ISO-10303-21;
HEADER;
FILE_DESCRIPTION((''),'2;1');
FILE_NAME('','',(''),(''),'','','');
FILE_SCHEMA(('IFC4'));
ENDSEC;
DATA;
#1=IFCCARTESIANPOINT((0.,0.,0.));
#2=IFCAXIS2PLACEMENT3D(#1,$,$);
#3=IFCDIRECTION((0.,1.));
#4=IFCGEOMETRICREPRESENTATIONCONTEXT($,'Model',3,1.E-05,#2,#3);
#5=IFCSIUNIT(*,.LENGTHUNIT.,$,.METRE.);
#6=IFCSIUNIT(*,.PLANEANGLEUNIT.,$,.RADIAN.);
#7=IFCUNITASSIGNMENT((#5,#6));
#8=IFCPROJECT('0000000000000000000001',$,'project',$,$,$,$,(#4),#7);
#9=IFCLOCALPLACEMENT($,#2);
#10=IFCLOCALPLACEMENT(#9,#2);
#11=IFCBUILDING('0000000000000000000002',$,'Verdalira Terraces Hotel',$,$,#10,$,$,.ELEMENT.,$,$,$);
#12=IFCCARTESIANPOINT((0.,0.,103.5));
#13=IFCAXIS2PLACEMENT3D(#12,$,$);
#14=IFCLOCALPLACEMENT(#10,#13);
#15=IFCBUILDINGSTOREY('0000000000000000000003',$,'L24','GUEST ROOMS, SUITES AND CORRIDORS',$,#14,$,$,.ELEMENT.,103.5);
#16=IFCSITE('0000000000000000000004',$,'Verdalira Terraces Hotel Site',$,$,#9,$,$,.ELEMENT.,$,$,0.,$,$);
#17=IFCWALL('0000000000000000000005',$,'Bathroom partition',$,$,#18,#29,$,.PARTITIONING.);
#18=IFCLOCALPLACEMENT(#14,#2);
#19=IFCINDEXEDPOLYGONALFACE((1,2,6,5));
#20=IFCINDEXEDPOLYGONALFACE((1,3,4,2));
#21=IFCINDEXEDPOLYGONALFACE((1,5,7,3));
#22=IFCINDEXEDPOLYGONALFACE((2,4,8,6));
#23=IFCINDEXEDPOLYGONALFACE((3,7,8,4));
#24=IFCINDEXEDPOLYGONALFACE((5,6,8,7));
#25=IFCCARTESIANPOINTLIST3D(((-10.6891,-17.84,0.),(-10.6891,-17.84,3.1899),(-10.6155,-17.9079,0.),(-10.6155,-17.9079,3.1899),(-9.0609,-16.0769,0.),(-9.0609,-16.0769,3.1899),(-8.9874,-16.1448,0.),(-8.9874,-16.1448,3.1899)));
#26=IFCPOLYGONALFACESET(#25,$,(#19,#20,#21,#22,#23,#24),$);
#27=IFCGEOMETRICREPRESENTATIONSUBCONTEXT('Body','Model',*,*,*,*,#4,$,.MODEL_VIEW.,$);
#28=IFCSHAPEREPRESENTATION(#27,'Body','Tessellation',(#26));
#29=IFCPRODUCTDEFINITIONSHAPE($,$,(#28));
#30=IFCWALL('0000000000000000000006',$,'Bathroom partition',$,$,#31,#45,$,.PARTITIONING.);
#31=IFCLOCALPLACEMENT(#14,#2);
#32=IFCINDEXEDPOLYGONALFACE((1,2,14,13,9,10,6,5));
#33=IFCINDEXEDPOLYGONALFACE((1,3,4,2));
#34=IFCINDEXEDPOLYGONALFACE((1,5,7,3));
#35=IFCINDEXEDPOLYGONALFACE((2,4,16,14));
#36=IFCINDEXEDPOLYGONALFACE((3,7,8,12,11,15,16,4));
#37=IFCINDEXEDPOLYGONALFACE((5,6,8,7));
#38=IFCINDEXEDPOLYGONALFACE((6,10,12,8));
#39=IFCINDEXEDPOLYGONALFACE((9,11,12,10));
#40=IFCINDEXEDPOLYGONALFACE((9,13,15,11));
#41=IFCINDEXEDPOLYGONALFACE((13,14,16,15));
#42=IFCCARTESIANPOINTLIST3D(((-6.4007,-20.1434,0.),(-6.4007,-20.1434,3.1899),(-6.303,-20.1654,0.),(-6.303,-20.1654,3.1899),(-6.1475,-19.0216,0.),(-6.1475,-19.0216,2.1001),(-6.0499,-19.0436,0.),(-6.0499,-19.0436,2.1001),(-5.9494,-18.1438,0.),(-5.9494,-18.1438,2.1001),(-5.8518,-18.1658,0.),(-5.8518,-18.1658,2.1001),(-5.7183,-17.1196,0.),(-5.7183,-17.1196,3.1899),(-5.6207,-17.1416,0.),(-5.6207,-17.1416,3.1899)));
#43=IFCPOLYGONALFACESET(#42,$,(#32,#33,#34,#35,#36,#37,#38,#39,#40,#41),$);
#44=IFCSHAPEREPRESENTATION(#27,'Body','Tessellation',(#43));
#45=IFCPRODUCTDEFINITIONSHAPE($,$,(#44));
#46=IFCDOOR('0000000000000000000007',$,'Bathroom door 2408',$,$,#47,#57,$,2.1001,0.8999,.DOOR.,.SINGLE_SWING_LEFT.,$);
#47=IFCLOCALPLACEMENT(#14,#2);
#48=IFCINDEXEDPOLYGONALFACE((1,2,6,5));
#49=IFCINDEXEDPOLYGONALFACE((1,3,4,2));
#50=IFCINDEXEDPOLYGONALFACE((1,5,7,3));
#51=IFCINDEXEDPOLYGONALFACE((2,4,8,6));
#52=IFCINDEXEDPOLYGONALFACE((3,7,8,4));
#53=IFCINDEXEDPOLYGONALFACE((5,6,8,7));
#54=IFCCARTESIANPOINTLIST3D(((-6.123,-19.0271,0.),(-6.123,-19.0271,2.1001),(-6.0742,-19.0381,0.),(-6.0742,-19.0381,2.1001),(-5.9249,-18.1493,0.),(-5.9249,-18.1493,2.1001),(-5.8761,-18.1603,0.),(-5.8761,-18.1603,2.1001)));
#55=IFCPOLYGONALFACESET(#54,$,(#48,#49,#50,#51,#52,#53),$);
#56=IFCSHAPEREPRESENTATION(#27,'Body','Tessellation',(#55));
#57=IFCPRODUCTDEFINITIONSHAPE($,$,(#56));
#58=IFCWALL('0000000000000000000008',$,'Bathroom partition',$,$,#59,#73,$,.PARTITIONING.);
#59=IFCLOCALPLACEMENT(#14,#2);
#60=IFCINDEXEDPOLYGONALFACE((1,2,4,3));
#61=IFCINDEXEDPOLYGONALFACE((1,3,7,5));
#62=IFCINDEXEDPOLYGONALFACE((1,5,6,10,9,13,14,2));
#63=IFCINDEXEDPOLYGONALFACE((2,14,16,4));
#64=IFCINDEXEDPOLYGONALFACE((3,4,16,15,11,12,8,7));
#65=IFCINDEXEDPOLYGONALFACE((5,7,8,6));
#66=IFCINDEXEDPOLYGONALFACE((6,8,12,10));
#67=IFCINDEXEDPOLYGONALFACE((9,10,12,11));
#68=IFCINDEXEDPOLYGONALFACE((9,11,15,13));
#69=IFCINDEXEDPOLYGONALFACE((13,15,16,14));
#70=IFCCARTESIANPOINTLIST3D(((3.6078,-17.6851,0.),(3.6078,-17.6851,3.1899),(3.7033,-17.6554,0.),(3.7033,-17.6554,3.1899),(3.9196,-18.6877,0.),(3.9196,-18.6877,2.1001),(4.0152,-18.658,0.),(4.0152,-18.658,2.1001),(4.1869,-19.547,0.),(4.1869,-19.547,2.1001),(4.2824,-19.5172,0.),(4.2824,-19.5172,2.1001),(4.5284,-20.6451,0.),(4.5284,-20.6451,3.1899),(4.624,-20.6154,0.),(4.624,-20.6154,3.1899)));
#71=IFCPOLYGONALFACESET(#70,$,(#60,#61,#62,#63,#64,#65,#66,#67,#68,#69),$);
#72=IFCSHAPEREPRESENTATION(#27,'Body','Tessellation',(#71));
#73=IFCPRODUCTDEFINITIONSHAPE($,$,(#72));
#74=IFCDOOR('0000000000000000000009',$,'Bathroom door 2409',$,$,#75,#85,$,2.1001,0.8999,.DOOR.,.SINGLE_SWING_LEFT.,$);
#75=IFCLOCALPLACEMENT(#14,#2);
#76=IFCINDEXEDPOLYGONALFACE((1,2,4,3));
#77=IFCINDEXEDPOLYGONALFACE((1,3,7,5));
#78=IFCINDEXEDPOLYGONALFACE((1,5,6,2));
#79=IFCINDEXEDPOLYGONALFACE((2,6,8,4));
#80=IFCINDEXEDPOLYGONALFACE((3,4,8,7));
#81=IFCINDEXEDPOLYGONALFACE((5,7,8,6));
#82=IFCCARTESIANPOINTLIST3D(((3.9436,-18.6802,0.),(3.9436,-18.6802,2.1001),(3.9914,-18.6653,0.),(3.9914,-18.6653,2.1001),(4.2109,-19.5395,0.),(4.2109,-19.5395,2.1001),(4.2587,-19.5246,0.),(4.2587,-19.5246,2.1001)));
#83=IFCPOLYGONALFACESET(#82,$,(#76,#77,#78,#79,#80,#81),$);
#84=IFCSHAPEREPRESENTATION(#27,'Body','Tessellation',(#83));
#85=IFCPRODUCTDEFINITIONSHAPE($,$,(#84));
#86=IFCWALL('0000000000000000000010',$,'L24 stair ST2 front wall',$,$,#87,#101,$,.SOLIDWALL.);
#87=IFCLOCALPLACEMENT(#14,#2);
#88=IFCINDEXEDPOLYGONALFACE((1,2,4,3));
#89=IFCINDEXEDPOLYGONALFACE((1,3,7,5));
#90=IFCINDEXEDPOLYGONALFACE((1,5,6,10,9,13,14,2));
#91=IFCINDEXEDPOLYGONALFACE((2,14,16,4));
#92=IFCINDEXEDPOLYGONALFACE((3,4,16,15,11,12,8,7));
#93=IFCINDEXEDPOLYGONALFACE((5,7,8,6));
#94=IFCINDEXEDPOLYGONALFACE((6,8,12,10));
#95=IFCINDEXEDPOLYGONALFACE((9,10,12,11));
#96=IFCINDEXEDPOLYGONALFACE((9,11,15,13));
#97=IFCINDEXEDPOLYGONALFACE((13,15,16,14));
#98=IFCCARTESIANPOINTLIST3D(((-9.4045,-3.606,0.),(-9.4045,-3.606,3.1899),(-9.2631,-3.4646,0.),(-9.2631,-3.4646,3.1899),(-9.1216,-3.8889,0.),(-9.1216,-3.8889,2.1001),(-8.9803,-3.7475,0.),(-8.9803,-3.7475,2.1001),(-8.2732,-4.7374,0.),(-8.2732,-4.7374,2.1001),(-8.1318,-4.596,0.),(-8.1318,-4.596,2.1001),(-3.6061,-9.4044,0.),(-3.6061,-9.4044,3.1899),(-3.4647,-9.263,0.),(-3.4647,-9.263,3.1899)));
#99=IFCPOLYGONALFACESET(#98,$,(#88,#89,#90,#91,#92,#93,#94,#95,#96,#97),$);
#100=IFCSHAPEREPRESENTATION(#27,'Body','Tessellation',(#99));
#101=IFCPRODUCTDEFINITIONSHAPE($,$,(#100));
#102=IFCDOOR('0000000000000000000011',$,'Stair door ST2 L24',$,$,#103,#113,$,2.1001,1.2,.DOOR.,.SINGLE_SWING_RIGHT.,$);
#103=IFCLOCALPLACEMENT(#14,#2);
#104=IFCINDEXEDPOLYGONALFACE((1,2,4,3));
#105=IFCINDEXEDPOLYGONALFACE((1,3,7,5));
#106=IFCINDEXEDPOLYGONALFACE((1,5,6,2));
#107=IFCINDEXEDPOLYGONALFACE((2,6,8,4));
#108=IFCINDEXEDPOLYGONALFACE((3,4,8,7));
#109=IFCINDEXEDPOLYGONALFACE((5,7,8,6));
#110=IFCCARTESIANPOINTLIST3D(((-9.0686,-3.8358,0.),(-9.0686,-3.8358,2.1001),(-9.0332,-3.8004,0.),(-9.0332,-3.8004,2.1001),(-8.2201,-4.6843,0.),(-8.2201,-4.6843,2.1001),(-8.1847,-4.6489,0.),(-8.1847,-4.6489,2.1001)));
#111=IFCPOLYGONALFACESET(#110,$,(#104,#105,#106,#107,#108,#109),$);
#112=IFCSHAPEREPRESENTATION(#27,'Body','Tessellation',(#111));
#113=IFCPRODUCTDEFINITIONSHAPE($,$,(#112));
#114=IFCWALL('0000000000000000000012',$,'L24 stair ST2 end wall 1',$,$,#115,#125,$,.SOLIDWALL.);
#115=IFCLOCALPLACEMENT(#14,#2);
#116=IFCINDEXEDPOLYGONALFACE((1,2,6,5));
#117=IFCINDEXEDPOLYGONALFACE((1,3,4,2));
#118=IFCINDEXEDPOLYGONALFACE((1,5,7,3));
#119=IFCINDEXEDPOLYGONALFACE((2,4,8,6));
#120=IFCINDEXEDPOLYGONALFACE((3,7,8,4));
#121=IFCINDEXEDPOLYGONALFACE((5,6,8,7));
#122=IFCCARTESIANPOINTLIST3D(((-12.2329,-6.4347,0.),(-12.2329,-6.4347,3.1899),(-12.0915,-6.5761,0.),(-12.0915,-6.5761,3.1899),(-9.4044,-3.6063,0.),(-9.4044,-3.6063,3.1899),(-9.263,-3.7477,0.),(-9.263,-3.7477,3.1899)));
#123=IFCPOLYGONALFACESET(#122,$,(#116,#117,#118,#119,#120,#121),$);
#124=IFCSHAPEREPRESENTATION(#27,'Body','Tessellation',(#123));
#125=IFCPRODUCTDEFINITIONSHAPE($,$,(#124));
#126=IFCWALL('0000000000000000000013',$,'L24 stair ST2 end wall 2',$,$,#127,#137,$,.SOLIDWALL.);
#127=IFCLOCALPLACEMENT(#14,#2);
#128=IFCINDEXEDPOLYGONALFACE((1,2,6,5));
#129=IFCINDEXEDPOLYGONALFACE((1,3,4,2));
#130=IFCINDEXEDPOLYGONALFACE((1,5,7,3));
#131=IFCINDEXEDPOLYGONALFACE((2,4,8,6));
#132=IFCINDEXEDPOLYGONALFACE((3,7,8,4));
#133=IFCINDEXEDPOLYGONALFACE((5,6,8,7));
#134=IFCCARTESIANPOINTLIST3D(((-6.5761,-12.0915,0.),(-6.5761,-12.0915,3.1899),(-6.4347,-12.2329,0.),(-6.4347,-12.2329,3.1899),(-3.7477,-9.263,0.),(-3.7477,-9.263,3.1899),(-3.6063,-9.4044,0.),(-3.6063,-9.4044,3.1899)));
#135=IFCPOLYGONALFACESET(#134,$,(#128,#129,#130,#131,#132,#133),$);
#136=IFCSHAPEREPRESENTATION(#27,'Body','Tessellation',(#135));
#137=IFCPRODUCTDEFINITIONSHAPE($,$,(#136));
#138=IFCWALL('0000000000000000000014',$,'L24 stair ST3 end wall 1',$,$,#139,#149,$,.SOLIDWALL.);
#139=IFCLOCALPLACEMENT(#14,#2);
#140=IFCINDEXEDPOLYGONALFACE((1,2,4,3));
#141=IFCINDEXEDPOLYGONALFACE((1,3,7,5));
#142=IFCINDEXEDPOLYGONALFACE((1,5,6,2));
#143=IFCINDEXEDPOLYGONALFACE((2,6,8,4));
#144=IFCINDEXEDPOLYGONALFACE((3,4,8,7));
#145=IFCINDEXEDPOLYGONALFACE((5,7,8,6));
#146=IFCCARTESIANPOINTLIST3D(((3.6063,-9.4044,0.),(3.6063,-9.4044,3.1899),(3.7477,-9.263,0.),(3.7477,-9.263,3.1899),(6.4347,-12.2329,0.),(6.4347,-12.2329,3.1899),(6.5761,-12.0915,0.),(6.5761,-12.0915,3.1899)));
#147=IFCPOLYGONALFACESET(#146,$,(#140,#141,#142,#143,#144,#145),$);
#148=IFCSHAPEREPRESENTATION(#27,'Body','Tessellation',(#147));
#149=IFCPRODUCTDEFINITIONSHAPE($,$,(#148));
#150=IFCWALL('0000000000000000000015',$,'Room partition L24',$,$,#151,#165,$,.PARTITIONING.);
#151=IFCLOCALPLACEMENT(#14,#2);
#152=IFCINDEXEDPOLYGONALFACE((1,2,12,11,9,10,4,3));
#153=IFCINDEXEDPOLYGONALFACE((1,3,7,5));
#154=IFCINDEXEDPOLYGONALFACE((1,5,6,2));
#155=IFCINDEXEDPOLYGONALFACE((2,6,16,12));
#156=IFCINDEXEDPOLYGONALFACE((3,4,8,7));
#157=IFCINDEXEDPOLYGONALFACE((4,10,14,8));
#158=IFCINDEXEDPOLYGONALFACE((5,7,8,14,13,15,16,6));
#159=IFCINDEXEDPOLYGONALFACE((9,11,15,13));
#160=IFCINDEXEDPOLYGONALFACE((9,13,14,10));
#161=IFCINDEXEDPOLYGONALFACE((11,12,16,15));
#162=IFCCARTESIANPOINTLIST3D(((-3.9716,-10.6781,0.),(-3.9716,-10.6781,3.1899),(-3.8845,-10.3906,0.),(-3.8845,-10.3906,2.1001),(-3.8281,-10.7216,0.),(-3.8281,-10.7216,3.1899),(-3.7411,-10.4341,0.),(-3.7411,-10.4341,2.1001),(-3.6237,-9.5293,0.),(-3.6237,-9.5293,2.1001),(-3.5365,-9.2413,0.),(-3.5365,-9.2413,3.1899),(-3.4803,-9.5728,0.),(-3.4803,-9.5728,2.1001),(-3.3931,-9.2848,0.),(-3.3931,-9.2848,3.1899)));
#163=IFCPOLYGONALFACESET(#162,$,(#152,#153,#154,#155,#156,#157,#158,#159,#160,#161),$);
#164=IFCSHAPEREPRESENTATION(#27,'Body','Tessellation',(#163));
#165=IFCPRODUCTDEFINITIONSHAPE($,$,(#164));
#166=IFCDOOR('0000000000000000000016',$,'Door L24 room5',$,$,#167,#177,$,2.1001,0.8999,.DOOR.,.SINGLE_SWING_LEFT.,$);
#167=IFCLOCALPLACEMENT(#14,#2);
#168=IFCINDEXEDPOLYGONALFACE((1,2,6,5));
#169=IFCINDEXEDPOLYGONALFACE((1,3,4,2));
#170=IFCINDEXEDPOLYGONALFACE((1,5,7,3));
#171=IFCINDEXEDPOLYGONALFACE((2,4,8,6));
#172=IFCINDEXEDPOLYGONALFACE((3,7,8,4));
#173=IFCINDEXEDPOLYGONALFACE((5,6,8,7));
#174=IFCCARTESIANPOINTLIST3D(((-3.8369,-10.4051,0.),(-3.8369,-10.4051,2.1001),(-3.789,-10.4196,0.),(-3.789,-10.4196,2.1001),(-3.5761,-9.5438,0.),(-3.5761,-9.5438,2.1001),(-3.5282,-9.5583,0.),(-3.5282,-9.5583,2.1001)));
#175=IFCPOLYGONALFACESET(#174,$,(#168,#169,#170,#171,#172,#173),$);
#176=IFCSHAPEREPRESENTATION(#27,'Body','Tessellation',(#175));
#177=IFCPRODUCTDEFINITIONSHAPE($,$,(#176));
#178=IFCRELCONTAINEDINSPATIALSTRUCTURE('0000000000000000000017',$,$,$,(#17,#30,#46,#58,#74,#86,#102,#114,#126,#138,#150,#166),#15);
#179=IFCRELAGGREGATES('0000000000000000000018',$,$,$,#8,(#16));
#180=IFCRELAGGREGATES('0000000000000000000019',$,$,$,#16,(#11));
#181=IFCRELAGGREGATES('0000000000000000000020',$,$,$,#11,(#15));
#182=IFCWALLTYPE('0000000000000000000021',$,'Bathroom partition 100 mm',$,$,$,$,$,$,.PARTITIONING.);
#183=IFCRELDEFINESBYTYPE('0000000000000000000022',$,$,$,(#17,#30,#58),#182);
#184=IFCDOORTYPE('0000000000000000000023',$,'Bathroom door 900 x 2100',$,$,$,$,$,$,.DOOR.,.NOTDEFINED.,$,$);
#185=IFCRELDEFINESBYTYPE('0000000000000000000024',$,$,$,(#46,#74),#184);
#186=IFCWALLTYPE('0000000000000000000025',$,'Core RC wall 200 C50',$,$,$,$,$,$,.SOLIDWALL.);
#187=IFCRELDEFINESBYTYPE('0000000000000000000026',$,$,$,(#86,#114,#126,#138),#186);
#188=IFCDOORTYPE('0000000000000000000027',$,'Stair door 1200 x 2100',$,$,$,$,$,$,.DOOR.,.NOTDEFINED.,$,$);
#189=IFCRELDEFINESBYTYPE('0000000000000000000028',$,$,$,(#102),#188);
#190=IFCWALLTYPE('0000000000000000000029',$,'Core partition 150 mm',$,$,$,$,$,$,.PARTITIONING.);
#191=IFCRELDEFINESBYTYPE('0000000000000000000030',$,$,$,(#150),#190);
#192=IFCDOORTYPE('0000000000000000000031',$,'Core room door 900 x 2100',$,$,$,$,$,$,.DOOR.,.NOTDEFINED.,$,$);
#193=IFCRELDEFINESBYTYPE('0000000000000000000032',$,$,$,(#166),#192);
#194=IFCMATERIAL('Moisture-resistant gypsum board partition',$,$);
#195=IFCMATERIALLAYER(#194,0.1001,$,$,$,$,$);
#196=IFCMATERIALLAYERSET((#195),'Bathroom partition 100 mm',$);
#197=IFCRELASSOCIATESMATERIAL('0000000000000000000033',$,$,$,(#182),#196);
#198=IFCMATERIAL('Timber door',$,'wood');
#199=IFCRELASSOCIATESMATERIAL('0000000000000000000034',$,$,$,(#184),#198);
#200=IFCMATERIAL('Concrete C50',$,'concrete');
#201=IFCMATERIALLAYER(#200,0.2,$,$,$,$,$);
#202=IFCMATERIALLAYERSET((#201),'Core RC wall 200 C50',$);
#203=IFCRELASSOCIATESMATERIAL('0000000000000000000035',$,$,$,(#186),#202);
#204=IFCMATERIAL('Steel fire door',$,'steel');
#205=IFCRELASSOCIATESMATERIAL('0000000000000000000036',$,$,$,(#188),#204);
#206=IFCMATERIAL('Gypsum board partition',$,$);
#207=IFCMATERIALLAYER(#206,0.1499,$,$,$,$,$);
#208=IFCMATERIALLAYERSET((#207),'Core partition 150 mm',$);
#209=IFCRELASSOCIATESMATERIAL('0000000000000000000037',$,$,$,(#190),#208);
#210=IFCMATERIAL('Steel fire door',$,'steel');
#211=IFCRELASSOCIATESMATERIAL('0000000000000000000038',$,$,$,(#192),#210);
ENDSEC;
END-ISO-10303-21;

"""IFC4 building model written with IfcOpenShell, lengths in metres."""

from ifc_helpers import new_model, si_unit, direction, frame, frame_2d, origin, place, context, subcontext, project, spatial, rectangle, extrude, material, layer, layer_set, type_object, element, fill, save


model = new_model("IFC4")

# Units and contexts
model_context = context("Model", 3, precision=1e-05, world=origin(), true_north=direction((0.0, 1.0)))
body_context = subcontext(model_context, "Body", "Model", "MODEL_VIEW")
ifc_project = project(units=[si_unit("LENGTHUNIT", "METRE"), si_unit("PLANEANGLEUNIT", "RADIAN")], contexts=[model_context])

# Site, building, storey
site_placement = place(None, origin())
site = spatial("IfcSite", under=ifc_project, at=site_placement, Name="Verdalira Terraces Hotel Site", CompositionType="ELEMENT", RefElevation=0.0)
building_placement = place(site_placement, origin())
building = spatial("IfcBuilding", under=site, at=building_placement, Name="Verdalira Terraces Hotel", CompositionType="ELEMENT")
storey_placement = place(building_placement, frame((0.0, 0.0, 103.5)))
storey = spatial("IfcBuildingStorey", under=building, at=storey_placement, Name="L24", Description="GUEST ROOMS, SUITES AND CORRIDORS", CompositionType="ELEMENT", Elevation=103.5)

# Wall
ifc_material_1 = material(Name="Moisture-resistant gypsum board partition")
ifc_layer_1 = layer(ifc_material_1, 0.1001)
ifc_layer_set_1 = layer_set([ifc_layer_1], Name="Bathroom partition 100 mm")
wall_type_1 = type_object("IfcWallType", Name="Bathroom partition 100 mm", PredefinedType="PARTITIONING", material=ifc_layer_set_1)
wall_1_placement = place(storey_placement, frame((-9.0242, -16.1108, 0.0), z_axis=(0.0, 0.0, 1.0), x_axis=(-0.67842, -0.734675, 0.0)))
element("IfcWall", 1, at=wall_1_placement, inside=storey, type_object=wall_type_1, Name="Bathroom partition", PredefinedType="PARTITIONING", context=body_context, shape_type="SweptSolid", body=[
    extrude(rectangle(XDim=2.3999, YDim=0.1001, at=frame_2d((1.2, 0.0))), origin(), (0.0, 0.0, 1.0), 3.1899),
])

# Walls, openings, doors
wall_2_placement = place(storey_placement, frame((-6.3518, -20.1543, 0.0), z_axis=(0.0, 0.0, 1.0), x_axis=(0.220123, 0.975472, 0.0)))
wall_2 = element("IfcWall", 2, at=wall_2_placement, inside=storey, type_object=wall_type_1, Name="Bathroom partition", PredefinedType="PARTITIONING", context=body_context, shape_type="SweptSolid", body=[
    extrude(rectangle(XDim=3.0999, YDim=0.1001, at=frame_2d((1.5498, 0.0))), origin(), (0.0, 0.0, 1.0), 3.1899),
])
opening_1_placement = place(wall_2_placement, frame((1.1499, 0.0, 0.0)))
opening_1 = element("IfcOpeningElement", 3, at=opening_1_placement, cuts=wall_2, PredefinedType="OPENING", context=body_context, shape_type="SweptSolid", body=[
    extrude(rectangle(XDim=0.8999, YDim=2.1001, at=frame_2d((0.45, 1.05))), frame((0.0, 0.0601, 0.0), z_axis=(0.0, -1.0, 0.0), x_axis=(1.0, 0.0, 0.0)), (0.0, 0.0, 1.0), 0.1201),
])
ifc_material_2 = material(Name="Timber door", Category="wood")
door_type_1 = type_object("IfcDoorType", Name="Bathroom door 900 x 2100", OperationType="NOTDEFINED", PredefinedType="DOOR", material=ifc_material_2)
door_1_placement = place(opening_1_placement, origin())
door_1 = element("IfcDoor", 4, at=door_1_placement, inside=storey, type_object=door_type_1, Name="Bathroom door 2408", OperationType="SINGLE_SWING_LEFT", OverallHeight=2.1001, OverallWidth=0.8999, PredefinedType="DOOR", context=body_context, shape_type="SweptSolid", body=[
    extrude(rectangle(XDim=0.8999, YDim=2.1001, at=frame_2d((0.45, 1.05))), frame((0.0, 0.0249, 0.0), z_axis=(0.0, -1.0, 0.0), x_axis=(1.0, 0.0, 0.0)), (0.0, 0.0, 1.0), 0.05),
])
fill(opening_1, door_1)
wall_3_placement = place(storey_placement, frame((4.5762, -20.6301, 0.0), z_axis=(0.0, 0.0, 1.0), x_axis=(-0.297001, 0.954877, 0.0)))
wall_3 = element("IfcWall", 5, at=wall_3_placement, inside=storey, type_object=wall_type_1, Name="Bathroom partition", PredefinedType="PARTITIONING", context=body_context, shape_type="SweptSolid", body=[
    extrude(rectangle(XDim=3.0999, YDim=0.1001, at=frame_2d((1.5498, 0.0))), origin(), (0.0, 0.0, 1.0), 3.1899),
])
opening_2_placement = place(wall_3_placement, frame((1.1499, 0.0, 0.0)))
opening_2 = element("IfcOpeningElement", 6, at=opening_2_placement, cuts=wall_3, PredefinedType="OPENING", context=body_context, shape_type="SweptSolid", body=[
    extrude(rectangle(XDim=0.8999, YDim=2.1001, at=frame_2d((0.45, 1.05))), frame((0.0, 0.0601, 0.0), z_axis=(0.0, -1.0, 0.0), x_axis=(1.0, 0.0, 0.0)), (0.0, 0.0, 1.0), 0.1201),
])
door_2_placement = place(opening_2_placement, origin())
door_2 = element("IfcDoor", 7, at=door_2_placement, inside=storey, type_object=door_type_1, Name="Bathroom door 2409", OperationType="SINGLE_SWING_LEFT", OverallHeight=2.1001, OverallWidth=0.8999, PredefinedType="DOOR", context=body_context, shape_type="SweptSolid", body=[
    extrude(rectangle(XDim=0.8999, YDim=2.1001, at=frame_2d((0.45, 1.05))), frame((0.0, 0.0249, 0.0), z_axis=(0.0, -1.0, 0.0), x_axis=(1.0, 0.0, 0.0)), (0.0, 0.0, 1.0), 0.05),
])
fill(opening_2, door_2)
ifc_material_3 = material(Name="Concrete C50", Category="concrete")
ifc_layer_2 = layer(ifc_material_3, 0.2)
ifc_layer_set_2 = layer_set([ifc_layer_2], Name="Core RC wall 200 C50")
wall_type_2 = type_object("IfcWallType", Name="Core RC wall 200 C50", PredefinedType="SOLIDWALL", material=ifc_layer_set_2)
wall_4_placement = place(storey_placement, frame((-3.5354, -9.3337, 0.0), z_axis=(0.0, 0.0, 1.0), x_axis=(-0.707107, 0.707107, 0.0)))
wall_4 = element("IfcWall", 8, at=wall_4_placement, inside=storey, type_object=wall_type_2, Name="L24 stair ST2 front wall", PredefinedType="SOLIDWALL", context=body_context, shape_type="SweptSolid", body=[
    extrude(rectangle(XDim=8.2002, YDim=0.2, at=frame_2d((4.1001, 0.0))), origin(), (0.0, 0.0, 1.0), 3.1899),
])
opening_3_placement = place(wall_4_placement, frame((6.6001, 0.0, 0.0)))
opening_3 = element("IfcOpeningElement", 9, at=opening_3_placement, cuts=wall_4, PredefinedType="OPENING", context=body_context, shape_type="SweptSolid", body=[
    extrude(rectangle(XDim=1.2, YDim=2.1001, at=frame_2d((0.6001, 1.05))), frame((0.0, 0.1099, 0.0), z_axis=(0.0, -1.0, 0.0), x_axis=(1.0, 0.0, 0.0)), (0.0, 0.0, 1.0), 0.22),
])
ifc_material_4 = material(Name="Steel fire door", Category="steel")
door_type_2 = type_object("IfcDoorType", Name="Stair door 1200 x 2100", OperationType="NOTDEFINED", PredefinedType="DOOR", material=ifc_material_4)
door_3_placement = place(opening_3_placement, origin())
door_3 = element("IfcDoor", 10, at=door_3_placement, inside=storey, type_object=door_type_2, Name="Stair door ST2 L24", OperationType="SINGLE_SWING_RIGHT", OverallHeight=2.1001, OverallWidth=1.2, PredefinedType="DOOR", context=body_context, shape_type="SweptSolid", body=[
    extrude(rectangle(XDim=1.2, YDim=2.1001, at=frame_2d((0.6001, 1.05))), frame((0.0, 0.0249, 0.0), z_axis=(0.0, -1.0, 0.0), x_axis=(1.0, 0.0, 0.0)), (0.0, 0.0, 1.0), 0.05),
])
fill(opening_3, door_3)

# Walls
for number, where, z_axis, x_axis, name in (
    (11, (-9.3337, -3.677, 0.0), (0.0, 0.0, 1.0), (-0.707107, -0.707107, 0.0), "L24 stair ST2 end wall 1"),
    (12, (-3.677, -9.3337, 0.0), (0.0, 0.0, 1.0), (-0.707107, -0.707107, 0.0), "L24 stair ST2 end wall 2"),
    (13, (3.677, -9.3337, 0.0), (0.0, 0.0, 1.0), (0.707107, -0.707107, 0.0), "L24 stair ST3 end wall 1"),
):
    element("IfcWall", number, at=place(storey_placement, frame(where, z_axis=z_axis, x_axis=x_axis)), inside=storey, type_object=wall_type_2, Name=name, PredefinedType="SOLIDWALL", context=body_context, shape_type="SweptSolid", body=[
        extrude(rectangle(XDim=4.0, YDim=0.2, at=frame_2d((2.0, 0.0))), origin(), (0.0, 0.0, 1.0), 3.1899),
    ])

# Wall, opening, door
ifc_material_5 = material(Name="Gypsum board partition")
ifc_layer_3 = layer(ifc_material_5, 0.1499)
ifc_layer_set_3 = layer_set([ifc_layer_3], Name="Core partition 150 mm")
wall_type_3 = type_object("IfcWallType", Name="Core partition 150 mm", PredefinedType="PARTITIONING", material=ifc_layer_set_3)
wall_5_placement = place(storey_placement, frame((-3.4648, -9.2632, 0.0), z_axis=(0.0, 0.0, 1.0), x_axis=(-0.289809, -0.957085, 0.0)))
wall_5 = element("IfcWall", 14, at=wall_5_placement, inside=storey, type_object=wall_type_3, Name="Room partition L24", PredefinedType="PARTITIONING", context=body_context, shape_type="SweptSolid", body=[
    extrude(rectangle(XDim=1.5012, YDim=0.1499, at=frame_2d((0.7505, 0.0))), origin(), (0.0, 0.0, 1.0), 3.1899),
])
opening_4_placement = place(wall_5_placement, frame((0.3008, 0.0, 0.0)))
opening_4 = element("IfcOpeningElement", 15, at=opening_4_placement, cuts=wall_5, PredefinedType="OPENING", context=body_context, shape_type="SweptSolid", body=[
    extrude(rectangle(XDim=0.8999, YDim=2.1001, at=frame_2d((0.45, 1.05))), frame((0.0, 0.085, 0.0), z_axis=(0.0, -1.0, 0.0), x_axis=(1.0, 0.0, 0.0)), (0.0, 0.0, 1.0), 0.1699),
])
ifc_material_6 = material(Name="Steel fire door", Category="steel")
door_type_3 = type_object("IfcDoorType", Name="Core room door 900 x 2100", OperationType="NOTDEFINED", PredefinedType="DOOR", material=ifc_material_6)
door_4_placement = place(opening_4_placement, origin())
door_4 = element("IfcDoor", 16, at=door_4_placement, inside=storey, type_object=door_type_3, Name="Door L24 room5", OperationType="SINGLE_SWING_LEFT", OverallHeight=2.1001, OverallWidth=0.8999, PredefinedType="DOOR", context=body_context, shape_type="SweptSolid", body=[
    extrude(rectangle(XDim=0.8999, YDim=2.1001, at=frame_2d((0.45, 1.05))), frame((0.0, 0.0249, 0.0), z_axis=(0.0, -1.0, 0.0), x_axis=(1.0, 0.0, 0.0)), (0.0, 0.0, 1.0), 0.05),
])
fill(opening_4, door_4)

save(model, "model.ifc")
